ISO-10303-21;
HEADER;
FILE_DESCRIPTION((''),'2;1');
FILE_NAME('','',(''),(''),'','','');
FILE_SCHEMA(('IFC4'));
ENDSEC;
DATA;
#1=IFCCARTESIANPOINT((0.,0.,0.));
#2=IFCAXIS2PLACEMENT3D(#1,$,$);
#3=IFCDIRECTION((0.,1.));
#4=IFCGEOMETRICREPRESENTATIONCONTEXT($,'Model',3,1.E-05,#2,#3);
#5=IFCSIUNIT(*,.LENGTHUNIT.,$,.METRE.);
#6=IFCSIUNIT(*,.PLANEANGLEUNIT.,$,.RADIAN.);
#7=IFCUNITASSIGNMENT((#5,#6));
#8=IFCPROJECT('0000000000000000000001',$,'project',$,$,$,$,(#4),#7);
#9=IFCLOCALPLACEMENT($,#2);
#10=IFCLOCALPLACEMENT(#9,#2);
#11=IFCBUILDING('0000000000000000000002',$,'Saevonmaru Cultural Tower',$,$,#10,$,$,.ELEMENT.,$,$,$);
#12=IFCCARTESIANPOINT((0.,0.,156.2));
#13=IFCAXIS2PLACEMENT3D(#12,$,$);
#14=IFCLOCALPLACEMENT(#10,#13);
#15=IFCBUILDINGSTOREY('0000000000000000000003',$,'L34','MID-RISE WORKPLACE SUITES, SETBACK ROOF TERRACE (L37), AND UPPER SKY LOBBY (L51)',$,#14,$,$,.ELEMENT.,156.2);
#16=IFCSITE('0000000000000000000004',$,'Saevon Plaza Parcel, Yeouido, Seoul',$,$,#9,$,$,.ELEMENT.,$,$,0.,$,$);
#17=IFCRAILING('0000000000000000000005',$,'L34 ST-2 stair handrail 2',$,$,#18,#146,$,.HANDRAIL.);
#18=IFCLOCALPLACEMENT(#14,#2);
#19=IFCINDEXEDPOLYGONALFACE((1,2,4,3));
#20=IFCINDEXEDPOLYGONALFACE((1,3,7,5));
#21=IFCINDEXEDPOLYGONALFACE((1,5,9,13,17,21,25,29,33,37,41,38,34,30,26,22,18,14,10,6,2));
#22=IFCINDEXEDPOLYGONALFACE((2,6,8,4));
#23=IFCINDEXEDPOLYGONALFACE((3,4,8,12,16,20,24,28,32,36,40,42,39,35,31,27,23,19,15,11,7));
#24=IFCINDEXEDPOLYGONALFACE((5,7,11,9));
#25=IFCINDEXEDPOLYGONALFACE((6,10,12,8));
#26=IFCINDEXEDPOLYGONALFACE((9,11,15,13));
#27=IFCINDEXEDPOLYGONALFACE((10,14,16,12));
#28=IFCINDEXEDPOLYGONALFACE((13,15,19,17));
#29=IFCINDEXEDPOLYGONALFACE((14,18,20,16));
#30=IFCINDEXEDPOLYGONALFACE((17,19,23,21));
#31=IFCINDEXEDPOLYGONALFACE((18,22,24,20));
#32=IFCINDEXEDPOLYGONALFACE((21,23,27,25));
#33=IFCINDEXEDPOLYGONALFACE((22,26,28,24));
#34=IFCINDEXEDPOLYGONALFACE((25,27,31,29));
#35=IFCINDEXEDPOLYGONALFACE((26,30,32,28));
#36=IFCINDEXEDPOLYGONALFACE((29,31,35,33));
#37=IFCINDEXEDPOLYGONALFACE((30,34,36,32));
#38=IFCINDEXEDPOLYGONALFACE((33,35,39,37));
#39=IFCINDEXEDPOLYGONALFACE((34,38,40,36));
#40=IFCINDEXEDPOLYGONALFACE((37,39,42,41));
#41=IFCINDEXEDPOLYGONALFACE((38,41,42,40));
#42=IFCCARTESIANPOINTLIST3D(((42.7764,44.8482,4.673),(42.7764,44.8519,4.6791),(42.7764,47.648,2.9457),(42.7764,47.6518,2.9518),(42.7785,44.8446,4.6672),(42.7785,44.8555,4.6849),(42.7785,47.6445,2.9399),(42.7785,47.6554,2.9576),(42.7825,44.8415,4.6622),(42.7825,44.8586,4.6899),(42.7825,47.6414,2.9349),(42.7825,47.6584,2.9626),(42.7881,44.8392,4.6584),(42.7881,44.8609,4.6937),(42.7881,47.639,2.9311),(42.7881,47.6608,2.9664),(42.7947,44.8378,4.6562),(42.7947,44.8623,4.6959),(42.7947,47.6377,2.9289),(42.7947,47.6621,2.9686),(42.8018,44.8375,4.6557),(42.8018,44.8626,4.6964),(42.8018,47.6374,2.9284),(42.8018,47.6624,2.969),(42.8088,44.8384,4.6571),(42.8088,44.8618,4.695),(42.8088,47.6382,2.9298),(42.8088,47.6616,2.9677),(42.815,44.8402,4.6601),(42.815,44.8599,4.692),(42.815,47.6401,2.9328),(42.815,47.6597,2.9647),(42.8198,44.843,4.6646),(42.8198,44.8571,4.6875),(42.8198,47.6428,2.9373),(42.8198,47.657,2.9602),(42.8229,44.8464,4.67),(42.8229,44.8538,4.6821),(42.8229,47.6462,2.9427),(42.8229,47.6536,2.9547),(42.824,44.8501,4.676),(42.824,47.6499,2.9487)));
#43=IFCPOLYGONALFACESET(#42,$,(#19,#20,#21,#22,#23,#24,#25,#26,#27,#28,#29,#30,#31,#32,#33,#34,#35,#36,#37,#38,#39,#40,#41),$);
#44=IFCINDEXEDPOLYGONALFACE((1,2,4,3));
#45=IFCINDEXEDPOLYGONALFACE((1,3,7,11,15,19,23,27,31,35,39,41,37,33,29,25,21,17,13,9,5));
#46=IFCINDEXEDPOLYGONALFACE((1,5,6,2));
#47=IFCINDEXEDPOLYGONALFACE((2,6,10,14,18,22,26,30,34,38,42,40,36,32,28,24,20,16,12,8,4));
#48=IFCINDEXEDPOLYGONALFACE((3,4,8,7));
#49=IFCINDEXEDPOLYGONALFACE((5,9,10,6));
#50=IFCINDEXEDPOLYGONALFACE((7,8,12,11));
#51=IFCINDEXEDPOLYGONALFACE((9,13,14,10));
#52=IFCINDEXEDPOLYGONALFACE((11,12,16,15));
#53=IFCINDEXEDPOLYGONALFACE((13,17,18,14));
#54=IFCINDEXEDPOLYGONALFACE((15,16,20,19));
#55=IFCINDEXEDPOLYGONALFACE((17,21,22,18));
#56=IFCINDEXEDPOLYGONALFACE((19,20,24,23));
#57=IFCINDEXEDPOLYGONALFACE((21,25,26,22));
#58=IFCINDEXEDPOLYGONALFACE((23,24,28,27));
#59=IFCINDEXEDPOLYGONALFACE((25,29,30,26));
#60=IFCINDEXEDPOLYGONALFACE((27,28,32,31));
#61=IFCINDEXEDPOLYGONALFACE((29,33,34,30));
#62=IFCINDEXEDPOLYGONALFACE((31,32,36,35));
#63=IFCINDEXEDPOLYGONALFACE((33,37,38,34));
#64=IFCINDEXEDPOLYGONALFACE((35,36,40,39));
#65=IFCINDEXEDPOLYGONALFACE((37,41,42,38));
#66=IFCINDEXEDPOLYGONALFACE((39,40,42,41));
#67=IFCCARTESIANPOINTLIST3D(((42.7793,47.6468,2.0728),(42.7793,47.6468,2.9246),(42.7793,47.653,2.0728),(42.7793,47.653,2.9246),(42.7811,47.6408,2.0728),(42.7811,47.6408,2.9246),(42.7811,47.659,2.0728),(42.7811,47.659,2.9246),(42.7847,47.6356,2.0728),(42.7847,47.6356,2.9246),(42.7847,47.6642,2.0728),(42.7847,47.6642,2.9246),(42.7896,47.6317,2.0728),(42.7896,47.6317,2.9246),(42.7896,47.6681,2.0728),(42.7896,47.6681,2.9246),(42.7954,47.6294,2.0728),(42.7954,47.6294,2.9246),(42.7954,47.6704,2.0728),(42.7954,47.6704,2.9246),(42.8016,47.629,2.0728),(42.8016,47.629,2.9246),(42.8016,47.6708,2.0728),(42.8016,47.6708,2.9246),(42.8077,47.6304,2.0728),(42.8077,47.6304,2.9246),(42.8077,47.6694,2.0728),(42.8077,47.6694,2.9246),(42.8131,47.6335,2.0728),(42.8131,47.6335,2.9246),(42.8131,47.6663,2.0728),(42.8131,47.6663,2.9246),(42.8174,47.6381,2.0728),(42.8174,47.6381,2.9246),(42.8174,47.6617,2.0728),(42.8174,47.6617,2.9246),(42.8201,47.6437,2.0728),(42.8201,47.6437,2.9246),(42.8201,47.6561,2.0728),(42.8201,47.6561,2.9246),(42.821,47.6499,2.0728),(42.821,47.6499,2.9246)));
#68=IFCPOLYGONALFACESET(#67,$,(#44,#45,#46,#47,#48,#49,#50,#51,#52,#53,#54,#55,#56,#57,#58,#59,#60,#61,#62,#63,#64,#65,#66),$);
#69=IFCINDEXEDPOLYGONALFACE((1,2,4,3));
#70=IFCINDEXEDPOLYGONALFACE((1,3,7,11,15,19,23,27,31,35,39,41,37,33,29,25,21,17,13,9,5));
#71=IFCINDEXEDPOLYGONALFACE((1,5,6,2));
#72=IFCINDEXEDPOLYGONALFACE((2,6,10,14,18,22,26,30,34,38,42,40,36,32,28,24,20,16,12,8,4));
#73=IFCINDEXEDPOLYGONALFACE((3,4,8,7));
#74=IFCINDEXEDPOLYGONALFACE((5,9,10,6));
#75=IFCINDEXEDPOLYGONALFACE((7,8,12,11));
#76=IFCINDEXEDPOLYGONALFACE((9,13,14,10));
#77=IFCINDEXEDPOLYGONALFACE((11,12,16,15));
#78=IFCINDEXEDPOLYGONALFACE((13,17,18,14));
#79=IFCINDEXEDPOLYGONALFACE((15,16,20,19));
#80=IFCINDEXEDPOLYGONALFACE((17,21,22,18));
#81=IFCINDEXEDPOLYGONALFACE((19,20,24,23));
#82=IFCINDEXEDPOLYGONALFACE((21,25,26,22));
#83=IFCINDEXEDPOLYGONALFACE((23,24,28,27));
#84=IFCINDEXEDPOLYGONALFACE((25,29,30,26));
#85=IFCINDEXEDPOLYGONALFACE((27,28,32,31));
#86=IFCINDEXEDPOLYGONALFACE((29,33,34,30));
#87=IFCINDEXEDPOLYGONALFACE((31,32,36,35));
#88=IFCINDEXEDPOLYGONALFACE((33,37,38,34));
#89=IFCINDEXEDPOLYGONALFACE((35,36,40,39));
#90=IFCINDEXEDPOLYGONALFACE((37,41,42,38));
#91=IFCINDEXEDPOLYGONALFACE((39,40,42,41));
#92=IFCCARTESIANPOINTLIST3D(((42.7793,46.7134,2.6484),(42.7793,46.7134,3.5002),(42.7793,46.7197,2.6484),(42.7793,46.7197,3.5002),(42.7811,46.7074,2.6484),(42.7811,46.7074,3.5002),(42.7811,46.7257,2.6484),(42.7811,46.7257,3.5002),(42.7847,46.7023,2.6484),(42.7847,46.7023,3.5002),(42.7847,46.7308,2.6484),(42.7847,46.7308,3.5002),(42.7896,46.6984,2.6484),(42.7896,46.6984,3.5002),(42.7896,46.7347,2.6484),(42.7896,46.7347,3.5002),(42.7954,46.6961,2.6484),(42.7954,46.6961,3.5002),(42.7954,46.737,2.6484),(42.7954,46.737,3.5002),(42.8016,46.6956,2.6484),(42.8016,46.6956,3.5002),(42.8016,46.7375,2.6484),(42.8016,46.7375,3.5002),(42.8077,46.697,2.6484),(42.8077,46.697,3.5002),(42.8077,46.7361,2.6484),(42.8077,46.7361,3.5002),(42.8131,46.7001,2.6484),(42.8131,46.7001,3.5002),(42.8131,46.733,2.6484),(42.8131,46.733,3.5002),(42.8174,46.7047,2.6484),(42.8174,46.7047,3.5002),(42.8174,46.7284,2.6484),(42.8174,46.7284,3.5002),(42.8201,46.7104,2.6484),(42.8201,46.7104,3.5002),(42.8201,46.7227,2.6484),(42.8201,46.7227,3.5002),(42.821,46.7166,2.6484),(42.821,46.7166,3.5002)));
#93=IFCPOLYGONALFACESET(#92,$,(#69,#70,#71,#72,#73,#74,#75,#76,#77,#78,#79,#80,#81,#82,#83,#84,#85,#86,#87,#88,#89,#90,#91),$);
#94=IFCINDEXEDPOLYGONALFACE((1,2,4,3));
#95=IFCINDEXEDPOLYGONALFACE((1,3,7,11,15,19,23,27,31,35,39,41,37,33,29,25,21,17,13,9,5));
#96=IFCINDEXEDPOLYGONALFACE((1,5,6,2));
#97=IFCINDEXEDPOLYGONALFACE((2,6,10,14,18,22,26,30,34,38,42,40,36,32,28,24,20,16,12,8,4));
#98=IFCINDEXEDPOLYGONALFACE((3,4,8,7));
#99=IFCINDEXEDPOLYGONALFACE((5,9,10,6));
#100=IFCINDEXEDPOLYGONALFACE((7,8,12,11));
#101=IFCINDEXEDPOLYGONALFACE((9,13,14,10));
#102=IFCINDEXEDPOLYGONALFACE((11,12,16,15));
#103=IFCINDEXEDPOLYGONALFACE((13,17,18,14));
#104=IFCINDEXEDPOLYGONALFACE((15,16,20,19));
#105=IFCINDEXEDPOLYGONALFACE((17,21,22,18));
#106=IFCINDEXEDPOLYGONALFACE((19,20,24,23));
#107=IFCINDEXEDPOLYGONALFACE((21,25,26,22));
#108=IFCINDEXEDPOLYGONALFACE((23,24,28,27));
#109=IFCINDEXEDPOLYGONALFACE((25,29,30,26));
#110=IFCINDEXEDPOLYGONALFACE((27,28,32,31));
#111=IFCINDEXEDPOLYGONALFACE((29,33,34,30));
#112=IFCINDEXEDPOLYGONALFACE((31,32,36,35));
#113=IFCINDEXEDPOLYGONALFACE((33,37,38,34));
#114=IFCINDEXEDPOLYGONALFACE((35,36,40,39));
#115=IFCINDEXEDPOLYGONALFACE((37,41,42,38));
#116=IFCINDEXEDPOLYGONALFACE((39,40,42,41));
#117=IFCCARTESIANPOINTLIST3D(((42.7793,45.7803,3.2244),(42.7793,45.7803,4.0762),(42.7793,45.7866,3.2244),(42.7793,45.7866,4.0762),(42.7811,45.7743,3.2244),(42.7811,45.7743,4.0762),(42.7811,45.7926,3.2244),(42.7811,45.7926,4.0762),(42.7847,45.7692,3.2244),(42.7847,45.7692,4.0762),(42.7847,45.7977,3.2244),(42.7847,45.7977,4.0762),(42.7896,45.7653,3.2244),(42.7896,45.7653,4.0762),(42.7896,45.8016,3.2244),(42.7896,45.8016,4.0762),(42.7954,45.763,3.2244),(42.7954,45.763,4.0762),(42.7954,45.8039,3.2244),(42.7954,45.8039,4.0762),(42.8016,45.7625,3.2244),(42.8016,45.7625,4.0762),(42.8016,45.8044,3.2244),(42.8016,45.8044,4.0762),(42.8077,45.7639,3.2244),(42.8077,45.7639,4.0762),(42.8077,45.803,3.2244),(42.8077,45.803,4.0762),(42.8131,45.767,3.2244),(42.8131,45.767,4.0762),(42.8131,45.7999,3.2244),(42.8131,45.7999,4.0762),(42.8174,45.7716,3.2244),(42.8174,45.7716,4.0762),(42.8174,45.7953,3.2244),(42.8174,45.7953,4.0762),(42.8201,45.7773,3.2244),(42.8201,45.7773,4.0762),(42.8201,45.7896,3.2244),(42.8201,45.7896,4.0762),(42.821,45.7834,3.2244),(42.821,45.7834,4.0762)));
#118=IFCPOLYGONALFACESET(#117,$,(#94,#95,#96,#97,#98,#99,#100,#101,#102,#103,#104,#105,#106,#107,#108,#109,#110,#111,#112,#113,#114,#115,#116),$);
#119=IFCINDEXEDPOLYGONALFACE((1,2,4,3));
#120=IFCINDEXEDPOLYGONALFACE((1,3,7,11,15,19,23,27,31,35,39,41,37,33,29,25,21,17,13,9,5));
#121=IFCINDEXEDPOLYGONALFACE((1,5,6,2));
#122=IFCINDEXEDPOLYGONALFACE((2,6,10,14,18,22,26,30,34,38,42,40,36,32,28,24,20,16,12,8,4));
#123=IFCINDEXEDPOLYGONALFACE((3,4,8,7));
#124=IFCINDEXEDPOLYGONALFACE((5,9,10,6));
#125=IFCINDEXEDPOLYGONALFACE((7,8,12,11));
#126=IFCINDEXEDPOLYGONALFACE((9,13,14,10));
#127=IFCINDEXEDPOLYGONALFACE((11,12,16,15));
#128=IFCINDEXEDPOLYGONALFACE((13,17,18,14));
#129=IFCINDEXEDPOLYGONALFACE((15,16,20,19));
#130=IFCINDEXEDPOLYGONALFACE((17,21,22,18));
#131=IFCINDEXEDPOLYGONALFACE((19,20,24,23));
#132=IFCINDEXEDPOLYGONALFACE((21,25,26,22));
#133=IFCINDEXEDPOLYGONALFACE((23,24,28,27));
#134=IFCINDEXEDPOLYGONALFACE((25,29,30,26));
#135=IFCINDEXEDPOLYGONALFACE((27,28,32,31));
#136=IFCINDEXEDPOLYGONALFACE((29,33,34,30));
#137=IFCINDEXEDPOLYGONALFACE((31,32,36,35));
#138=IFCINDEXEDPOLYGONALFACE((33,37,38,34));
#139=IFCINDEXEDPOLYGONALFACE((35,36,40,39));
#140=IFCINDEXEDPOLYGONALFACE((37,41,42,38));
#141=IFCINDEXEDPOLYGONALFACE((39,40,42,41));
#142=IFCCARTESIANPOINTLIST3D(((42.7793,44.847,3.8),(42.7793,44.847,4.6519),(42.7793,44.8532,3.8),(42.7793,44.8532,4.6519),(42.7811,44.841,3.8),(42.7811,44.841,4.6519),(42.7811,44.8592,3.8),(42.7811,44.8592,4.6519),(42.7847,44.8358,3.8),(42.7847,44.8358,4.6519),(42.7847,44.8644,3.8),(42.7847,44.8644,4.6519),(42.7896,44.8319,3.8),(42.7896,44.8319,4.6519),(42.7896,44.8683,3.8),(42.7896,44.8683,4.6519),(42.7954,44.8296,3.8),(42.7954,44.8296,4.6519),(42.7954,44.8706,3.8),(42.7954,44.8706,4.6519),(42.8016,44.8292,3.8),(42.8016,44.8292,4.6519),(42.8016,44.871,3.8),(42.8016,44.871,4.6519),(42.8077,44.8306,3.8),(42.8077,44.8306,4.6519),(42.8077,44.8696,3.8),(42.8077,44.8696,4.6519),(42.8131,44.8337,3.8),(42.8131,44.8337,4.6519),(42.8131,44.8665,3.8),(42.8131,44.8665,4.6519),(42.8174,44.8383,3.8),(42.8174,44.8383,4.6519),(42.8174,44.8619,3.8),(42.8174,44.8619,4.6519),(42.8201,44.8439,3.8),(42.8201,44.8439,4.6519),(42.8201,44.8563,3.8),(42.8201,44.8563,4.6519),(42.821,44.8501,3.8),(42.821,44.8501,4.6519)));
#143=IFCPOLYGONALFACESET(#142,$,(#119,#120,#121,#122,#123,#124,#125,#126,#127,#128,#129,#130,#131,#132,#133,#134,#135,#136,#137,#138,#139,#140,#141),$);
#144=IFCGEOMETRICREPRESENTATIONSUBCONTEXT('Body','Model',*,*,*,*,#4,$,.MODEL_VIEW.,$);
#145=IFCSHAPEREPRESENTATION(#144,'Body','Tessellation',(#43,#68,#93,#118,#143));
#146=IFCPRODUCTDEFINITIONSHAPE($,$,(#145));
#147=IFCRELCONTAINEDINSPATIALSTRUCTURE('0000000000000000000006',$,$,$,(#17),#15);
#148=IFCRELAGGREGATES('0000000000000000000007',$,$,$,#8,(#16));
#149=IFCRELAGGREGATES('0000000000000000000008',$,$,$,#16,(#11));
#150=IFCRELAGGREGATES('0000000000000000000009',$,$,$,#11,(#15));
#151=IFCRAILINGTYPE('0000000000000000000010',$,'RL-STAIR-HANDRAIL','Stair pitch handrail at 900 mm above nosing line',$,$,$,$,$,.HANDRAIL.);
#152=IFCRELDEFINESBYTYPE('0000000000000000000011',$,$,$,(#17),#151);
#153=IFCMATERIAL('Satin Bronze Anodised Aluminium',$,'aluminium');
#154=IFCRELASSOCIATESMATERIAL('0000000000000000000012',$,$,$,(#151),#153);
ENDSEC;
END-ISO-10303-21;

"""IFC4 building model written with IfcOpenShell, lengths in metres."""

from ifc_helpers import new_model, si_unit, direction, frame, origin, origin_2d, place, context, subcontext, project, spatial, circle, extrude, material, type_object, element, save


model = new_model("IFC4")

# Units and contexts
model_context = context("Model", 3, precision=1e-05, world=origin(), true_north=direction((0.0, 1.0)))
body_context = subcontext(model_context, "Body", "Model", "MODEL_VIEW")
ifc_project = project(units=[si_unit("LENGTHUNIT", "METRE"), si_unit("PLANEANGLEUNIT", "RADIAN")], contexts=[model_context])

# Site, building, storey
site_placement = place(None, origin())
site = spatial("IfcSite", under=ifc_project, at=site_placement, Name="Saevon Plaza Parcel, Yeouido, Seoul", CompositionType="ELEMENT", RefElevation=0.0)
building_placement = place(site_placement, origin())
building = spatial("IfcBuilding", under=site, at=building_placement, Name="Saevonmaru Cultural Tower", CompositionType="ELEMENT")
storey_placement = place(building_placement, frame((0.0, 0.0, 156.2)))
storey = spatial("IfcBuildingStorey", under=building, at=storey_placement, Name="L34", Description="MID-RISE WORKPLACE SUITES, SETBACK ROOF TERRACE (L37), AND UPPER SKY LOBBY (L51)", CompositionType="ELEMENT", Elevation=156.2)

# Shared definitions
ifc_material_1 = material(Name="Satin Bronze Anodised Aluminium", Category="aluminium")

# Railing
railing_type_1 = type_object("IfcRailingType", Name="RL-STAIR-HANDRAIL", Description="Stair pitch handrail at 900 mm above nosing line", PredefinedType="HANDRAIL", material=ifc_material_1)
railing_1_placement = place(storey_placement, frame((42.8, 47.6499, 2.0728)))
element("IfcRailing", 1, at=railing_1_placement, inside=storey, type_object=railing_type_1, Name="L34 ST-2 stair handrail 2", PredefinedType="HANDRAIL", context=body_context, shape_type="SweptSolid", body=[
    extrude(circle(Radius=0.0239, at=origin_2d()), frame((0.0, 0.0, 0.876), z_axis=(0.0, -0.851069, 0.525054), x_axis=(1.0, 0.0, 0.0)), (0.0, 0.0, 1.0), 3.2898),
    extrude(circle(Radius=0.021, at=origin_2d()), origin(), (0.0, 0.0, 1.0), 0.8518),
    extrude(circle(Radius=0.021, at=origin_2d()), frame((0.0, -0.9333, 0.5757)), (0.0, 0.0, 1.0), 0.8518),
    extrude(circle(Radius=0.021, at=origin_2d()), frame((0.0, -1.8665, 1.1516)), (0.0, 0.0, 1.0), 0.8518),
    extrude(circle(Radius=0.021, at=origin_2d()), frame((0.0, -2.7998, 1.7273)), (0.0, 0.0, 1.0), 0.8518),
])

save(model, "model.ifc")
